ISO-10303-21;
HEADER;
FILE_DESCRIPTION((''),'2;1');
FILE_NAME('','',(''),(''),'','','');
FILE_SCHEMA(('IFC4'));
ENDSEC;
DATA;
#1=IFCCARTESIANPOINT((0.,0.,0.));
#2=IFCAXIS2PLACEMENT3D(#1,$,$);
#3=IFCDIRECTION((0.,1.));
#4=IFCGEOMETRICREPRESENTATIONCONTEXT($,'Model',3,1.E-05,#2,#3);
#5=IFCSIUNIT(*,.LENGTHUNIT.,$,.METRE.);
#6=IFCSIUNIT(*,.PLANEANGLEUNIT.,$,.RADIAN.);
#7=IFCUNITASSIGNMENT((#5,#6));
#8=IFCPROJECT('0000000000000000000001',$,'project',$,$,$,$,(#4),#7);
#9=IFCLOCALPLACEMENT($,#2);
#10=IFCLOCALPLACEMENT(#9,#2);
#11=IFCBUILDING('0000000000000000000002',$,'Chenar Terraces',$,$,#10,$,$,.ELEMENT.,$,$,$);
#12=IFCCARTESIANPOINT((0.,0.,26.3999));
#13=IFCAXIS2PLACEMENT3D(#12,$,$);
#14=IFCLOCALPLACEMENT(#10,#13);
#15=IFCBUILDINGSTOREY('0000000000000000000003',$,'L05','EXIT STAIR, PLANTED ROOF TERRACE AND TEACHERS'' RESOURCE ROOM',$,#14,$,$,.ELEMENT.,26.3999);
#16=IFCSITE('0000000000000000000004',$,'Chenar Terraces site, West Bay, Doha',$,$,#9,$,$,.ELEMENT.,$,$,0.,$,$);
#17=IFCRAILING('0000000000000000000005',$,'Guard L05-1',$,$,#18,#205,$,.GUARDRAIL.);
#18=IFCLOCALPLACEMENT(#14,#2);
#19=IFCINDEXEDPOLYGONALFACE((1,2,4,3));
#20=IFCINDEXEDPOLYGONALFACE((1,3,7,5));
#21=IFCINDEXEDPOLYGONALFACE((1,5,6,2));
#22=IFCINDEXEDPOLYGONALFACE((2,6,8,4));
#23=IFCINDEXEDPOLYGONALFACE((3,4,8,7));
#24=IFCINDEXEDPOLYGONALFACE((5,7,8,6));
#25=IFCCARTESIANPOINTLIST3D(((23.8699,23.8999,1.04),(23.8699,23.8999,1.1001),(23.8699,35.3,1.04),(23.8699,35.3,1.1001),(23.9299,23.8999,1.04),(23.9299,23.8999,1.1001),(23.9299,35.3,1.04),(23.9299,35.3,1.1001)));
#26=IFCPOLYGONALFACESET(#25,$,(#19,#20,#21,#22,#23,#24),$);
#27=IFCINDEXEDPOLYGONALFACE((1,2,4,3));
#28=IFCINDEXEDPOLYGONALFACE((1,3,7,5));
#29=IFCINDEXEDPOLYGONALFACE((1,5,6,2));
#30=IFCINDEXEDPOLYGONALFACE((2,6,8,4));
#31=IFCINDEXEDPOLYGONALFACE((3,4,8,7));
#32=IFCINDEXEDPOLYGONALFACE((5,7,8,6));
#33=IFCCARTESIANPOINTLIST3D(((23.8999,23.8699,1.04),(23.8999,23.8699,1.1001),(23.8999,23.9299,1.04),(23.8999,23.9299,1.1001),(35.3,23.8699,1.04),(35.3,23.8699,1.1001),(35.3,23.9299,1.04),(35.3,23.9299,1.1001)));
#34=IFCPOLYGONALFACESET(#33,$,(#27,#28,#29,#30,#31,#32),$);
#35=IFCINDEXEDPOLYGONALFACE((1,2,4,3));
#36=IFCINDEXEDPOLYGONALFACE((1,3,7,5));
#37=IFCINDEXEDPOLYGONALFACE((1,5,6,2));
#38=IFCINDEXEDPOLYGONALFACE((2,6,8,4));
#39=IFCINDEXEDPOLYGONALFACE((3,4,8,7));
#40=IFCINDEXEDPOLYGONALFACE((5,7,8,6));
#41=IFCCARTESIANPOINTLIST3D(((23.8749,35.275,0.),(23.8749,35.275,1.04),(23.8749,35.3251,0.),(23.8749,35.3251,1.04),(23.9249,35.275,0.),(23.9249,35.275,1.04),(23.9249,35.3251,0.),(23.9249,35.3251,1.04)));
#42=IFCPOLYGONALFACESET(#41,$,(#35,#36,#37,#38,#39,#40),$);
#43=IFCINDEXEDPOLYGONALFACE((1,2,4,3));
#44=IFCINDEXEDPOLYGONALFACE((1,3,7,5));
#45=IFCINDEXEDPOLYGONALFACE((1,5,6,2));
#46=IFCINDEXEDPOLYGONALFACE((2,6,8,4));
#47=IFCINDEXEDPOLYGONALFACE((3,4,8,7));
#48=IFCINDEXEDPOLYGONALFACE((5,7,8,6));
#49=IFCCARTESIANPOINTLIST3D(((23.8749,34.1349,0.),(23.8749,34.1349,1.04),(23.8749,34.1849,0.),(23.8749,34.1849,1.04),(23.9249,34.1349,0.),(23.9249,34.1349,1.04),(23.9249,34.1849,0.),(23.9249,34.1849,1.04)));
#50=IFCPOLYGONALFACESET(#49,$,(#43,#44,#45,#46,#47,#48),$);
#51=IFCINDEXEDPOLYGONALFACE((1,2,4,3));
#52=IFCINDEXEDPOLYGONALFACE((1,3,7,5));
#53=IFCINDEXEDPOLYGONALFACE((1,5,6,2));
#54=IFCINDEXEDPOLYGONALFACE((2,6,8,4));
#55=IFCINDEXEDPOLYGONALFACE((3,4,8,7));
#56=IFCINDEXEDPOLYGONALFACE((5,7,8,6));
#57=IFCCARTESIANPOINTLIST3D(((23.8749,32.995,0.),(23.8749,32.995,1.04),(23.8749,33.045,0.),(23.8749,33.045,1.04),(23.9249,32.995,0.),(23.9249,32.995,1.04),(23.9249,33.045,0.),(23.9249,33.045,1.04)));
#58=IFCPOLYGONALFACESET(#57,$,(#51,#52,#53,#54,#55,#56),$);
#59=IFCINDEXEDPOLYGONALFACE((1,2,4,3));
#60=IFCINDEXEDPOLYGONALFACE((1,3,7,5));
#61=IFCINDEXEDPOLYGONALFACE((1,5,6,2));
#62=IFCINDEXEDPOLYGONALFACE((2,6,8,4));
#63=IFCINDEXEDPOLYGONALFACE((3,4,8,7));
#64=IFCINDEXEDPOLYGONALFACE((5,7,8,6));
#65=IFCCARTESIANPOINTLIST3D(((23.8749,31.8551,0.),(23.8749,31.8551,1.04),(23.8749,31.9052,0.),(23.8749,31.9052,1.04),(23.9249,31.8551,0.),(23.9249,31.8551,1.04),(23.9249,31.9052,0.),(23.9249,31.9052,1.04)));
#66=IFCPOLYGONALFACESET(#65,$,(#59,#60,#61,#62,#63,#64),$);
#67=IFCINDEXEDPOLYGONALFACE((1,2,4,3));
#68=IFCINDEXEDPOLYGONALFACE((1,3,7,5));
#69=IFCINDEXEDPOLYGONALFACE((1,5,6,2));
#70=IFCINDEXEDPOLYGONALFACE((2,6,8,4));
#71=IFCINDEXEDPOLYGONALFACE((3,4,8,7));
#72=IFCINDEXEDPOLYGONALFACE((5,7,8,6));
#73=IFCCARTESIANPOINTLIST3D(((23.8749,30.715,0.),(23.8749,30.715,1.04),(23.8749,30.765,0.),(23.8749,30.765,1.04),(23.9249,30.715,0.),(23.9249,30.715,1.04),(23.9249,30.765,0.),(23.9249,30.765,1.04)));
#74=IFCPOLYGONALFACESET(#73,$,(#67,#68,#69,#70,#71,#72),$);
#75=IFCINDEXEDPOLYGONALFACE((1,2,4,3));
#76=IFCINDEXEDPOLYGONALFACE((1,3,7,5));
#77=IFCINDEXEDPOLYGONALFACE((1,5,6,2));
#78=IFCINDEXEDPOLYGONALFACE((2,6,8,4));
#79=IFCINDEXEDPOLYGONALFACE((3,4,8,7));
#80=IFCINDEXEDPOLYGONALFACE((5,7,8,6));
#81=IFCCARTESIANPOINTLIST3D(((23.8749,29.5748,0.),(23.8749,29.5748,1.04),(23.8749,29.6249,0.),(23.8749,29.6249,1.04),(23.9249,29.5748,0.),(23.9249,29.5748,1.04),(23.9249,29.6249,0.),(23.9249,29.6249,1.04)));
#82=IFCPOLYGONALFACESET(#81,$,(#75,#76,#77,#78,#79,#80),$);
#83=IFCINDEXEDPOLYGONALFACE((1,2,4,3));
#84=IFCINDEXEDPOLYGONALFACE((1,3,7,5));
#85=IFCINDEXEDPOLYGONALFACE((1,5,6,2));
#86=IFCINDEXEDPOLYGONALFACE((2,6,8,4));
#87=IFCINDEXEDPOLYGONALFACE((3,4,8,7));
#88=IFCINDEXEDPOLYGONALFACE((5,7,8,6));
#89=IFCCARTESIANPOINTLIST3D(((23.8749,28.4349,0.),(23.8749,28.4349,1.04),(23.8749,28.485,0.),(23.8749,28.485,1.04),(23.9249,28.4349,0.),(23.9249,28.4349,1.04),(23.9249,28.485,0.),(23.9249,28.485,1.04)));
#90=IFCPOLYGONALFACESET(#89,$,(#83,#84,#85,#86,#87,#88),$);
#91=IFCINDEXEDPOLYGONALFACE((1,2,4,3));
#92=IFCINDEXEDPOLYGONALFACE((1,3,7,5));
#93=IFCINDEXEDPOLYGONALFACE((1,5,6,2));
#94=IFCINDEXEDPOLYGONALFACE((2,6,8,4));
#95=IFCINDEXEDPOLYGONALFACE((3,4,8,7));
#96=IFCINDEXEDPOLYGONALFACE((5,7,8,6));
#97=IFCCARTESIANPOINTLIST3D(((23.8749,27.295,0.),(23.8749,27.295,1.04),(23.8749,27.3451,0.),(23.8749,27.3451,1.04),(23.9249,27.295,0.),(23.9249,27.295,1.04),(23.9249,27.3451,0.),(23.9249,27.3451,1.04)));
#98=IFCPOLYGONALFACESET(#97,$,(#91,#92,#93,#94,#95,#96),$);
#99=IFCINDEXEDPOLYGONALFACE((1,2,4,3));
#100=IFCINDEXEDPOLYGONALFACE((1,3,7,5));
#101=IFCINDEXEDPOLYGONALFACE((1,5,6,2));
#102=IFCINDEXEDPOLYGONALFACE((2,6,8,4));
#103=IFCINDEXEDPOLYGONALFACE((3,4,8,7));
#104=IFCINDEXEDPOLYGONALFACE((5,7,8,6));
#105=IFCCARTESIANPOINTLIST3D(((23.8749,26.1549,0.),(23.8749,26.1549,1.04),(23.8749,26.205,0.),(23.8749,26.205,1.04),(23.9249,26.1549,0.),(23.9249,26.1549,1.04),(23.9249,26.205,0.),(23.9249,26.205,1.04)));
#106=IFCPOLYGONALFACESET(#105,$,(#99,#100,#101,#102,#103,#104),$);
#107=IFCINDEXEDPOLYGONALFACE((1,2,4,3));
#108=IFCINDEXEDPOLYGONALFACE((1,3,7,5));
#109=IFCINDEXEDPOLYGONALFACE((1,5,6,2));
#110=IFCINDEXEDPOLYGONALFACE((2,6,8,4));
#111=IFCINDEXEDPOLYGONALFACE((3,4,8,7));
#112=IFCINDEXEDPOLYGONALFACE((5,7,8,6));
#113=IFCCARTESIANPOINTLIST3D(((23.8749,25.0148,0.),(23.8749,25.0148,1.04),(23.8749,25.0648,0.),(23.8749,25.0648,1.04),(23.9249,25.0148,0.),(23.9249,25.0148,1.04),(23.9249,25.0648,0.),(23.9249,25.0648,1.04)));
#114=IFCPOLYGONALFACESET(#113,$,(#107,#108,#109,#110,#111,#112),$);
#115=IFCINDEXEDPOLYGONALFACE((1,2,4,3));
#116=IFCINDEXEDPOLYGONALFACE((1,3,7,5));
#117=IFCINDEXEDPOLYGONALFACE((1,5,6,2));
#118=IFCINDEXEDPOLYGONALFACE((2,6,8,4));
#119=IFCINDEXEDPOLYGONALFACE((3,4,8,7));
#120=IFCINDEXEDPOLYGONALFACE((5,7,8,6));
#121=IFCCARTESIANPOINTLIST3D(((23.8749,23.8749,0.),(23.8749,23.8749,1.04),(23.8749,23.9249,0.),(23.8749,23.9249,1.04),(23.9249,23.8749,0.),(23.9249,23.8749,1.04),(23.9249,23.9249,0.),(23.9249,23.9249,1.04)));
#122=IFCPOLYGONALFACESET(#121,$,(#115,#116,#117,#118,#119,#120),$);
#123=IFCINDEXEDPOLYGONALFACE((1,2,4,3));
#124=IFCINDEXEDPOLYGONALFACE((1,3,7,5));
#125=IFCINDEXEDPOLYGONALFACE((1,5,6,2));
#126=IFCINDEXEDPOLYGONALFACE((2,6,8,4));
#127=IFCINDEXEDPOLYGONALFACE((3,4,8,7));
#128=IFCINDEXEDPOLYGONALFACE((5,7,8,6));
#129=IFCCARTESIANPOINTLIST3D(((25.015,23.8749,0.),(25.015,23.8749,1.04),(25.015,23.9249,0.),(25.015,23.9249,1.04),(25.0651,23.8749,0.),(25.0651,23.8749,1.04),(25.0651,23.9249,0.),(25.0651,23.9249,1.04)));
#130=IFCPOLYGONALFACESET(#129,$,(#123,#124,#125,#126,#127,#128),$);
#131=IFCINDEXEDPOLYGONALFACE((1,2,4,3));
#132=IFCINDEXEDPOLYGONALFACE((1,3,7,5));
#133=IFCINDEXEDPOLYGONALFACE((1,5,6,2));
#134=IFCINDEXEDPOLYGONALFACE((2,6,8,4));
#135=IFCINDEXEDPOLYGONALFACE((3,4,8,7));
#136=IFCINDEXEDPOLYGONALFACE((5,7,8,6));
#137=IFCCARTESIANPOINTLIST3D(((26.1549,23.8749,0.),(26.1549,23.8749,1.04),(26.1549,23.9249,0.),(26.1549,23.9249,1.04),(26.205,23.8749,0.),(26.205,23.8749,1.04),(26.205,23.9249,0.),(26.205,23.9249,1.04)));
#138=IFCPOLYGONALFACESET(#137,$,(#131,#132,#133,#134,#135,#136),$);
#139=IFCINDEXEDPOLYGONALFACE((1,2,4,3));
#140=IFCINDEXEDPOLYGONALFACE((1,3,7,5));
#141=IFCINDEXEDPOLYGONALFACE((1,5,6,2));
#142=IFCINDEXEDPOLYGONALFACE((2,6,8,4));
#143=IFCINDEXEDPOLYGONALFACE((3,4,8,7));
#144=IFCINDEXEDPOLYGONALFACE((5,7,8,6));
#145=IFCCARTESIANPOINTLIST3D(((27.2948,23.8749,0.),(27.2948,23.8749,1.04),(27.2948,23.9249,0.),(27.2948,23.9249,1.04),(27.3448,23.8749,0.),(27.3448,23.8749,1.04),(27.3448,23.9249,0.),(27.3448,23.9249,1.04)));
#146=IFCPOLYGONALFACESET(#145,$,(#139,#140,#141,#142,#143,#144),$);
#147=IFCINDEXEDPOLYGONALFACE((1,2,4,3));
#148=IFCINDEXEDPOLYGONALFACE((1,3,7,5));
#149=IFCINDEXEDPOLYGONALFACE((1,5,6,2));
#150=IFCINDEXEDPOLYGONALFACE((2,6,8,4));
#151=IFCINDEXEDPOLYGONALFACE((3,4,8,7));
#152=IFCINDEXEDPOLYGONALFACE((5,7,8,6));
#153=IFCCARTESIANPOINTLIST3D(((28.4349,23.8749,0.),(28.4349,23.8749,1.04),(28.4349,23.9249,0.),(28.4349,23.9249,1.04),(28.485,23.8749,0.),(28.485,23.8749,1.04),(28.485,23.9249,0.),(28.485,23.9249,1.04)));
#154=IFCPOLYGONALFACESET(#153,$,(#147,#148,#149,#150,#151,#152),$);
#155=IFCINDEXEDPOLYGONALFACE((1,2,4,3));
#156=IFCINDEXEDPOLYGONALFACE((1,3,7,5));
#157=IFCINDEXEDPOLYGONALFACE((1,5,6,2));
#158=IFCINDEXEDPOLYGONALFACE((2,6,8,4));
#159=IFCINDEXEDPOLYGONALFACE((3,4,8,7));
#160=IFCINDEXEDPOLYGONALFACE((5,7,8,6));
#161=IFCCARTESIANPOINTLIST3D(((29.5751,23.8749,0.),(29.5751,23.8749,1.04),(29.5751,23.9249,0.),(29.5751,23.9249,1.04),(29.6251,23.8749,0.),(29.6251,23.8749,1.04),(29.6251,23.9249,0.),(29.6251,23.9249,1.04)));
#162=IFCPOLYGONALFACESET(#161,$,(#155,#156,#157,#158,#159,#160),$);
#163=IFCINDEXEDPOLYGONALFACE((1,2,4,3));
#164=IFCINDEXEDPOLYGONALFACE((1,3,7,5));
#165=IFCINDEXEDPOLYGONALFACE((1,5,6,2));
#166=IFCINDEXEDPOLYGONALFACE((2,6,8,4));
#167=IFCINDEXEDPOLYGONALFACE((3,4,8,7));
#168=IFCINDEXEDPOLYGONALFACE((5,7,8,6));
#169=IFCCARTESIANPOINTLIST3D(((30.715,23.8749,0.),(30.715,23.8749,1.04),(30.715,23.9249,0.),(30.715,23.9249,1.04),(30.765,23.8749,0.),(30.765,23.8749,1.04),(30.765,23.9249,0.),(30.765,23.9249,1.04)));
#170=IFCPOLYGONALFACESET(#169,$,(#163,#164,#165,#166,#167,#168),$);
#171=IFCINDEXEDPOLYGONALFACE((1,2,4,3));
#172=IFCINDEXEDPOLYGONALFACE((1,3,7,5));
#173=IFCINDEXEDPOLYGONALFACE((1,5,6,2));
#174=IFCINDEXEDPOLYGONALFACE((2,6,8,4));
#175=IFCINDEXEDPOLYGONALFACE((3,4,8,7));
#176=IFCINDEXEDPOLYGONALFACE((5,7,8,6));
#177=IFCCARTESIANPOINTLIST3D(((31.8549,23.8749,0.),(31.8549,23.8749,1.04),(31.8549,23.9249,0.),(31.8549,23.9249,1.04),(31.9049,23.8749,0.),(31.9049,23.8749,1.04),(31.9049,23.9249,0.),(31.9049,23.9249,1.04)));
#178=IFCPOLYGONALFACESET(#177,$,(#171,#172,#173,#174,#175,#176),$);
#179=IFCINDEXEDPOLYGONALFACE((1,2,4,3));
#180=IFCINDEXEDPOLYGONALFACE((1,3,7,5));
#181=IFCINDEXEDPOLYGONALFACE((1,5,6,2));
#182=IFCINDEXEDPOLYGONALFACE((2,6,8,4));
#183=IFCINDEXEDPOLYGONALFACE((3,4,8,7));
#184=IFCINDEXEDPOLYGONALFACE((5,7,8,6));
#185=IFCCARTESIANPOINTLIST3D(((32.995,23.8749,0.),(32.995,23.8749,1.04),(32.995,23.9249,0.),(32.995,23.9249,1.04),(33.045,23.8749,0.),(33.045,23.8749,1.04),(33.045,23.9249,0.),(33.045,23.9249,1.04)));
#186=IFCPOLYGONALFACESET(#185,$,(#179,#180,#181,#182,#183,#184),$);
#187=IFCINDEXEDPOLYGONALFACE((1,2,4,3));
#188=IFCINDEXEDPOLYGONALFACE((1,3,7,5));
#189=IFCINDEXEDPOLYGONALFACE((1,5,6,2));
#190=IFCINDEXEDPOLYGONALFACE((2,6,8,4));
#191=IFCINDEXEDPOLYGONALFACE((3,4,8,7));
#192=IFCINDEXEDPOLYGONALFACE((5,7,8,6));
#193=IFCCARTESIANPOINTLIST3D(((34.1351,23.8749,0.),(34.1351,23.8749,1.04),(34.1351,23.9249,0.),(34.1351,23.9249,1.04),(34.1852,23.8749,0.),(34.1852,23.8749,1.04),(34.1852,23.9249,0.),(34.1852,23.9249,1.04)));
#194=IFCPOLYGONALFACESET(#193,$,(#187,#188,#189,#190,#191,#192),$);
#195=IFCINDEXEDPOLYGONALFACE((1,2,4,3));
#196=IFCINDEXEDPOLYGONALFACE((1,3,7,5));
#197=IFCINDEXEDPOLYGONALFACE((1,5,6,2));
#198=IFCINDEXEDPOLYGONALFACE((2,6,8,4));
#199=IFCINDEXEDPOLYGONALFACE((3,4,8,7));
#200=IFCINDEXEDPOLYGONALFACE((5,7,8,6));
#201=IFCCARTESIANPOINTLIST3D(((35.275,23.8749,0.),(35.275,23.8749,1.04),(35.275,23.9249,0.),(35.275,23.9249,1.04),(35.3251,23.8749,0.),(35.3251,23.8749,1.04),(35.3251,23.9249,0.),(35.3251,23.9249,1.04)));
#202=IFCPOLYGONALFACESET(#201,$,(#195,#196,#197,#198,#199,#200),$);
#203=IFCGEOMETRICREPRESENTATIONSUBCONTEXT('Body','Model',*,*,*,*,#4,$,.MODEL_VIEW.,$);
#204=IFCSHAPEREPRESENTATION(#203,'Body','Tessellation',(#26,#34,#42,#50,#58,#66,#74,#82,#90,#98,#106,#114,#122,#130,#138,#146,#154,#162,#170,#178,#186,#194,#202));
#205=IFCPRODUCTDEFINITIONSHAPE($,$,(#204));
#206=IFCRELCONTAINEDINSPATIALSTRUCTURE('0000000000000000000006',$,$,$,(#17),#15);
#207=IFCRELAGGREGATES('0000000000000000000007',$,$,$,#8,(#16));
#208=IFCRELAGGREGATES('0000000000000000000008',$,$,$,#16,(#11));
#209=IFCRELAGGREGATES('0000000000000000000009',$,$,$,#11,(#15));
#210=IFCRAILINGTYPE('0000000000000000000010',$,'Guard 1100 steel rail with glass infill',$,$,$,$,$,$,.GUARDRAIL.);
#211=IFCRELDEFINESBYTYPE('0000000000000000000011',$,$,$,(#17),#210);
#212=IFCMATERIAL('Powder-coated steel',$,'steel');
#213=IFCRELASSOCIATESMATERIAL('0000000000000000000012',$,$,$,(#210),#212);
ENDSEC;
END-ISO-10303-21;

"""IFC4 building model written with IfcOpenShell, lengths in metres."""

from ifc_helpers import new_model, si_unit, direction, frame, origin, origin_2d, place, context, subcontext, project, spatial, rectangle, extrude, material, type_object, element, save


model = new_model("IFC4")

# Units and contexts
model_context = context("Model", 3, precision=1e-05, world=origin(), true_north=direction((0.0, 1.0)))
body_context = subcontext(model_context, "Body", "Model", "MODEL_VIEW")
ifc_project = project(units=[si_unit("LENGTHUNIT", "METRE"), si_unit("PLANEANGLEUNIT", "RADIAN")], contexts=[model_context])

# Site, building, storey
site_placement = place(None, origin())
site = spatial("IfcSite", under=ifc_project, at=site_placement, Name="Chenar Terraces site, West Bay, Doha", CompositionType="ELEMENT", RefElevation=0.0)
building_placement = place(site_placement, origin())
building = spatial("IfcBuilding", under=site, at=building_placement, Name="Chenar Terraces", CompositionType="ELEMENT")
storey_placement = place(building_placement, frame((0.0, 0.0, 26.3999)))
storey = spatial("IfcBuildingStorey", under=building, at=storey_placement, Name="L05", Description="EXIT STAIR, PLANTED ROOF TERRACE AND TEACHERS' RESOURCE ROOM", CompositionType="ELEMENT", Elevation=26.3999)

# Railing
ifc_material_1 = material(Name="Powder-coated steel", Category="steel")
railing_type = type_object("IfcRailingType", Name="Guard 1100 steel rail with glass infill", PredefinedType="GUARDRAIL", material=ifc_material_1)
railing_placement = place(storey_placement, frame((23.8999, 35.3, 0.0)))
element("IfcRailing", 1, at=railing_placement, inside=storey, type_object=railing_type, Name="Guard L05-1", PredefinedType="GUARDRAIL", context=body_context, shape_type="SweptSolid", body=[
    extrude(rectangle(XDim=0.0601, YDim=0.0601, at=origin_2d()), frame((0.0, 0.0, 1.0701), z_axis=(0.0, -1.0, 0.0), x_axis=(1.0, 0.0, 0.0)), (0.0, 0.0, 1.0), 11.4001),
    extrude(rectangle(XDim=0.0601, YDim=0.0601, at=origin_2d()), frame((0.0, -11.4001, 1.0701), z_axis=(1.0, 0.0, 0.0), x_axis=(0.0, 1.0, 0.0)), (0.0, 0.0, 1.0), 11.4001),
    extrude(rectangle(XDim=0.05, YDim=0.05, at=origin_2d()), origin(), (0.0, 0.0, 1.0), 1.04),
    extrude(rectangle(XDim=0.05, YDim=0.05, at=origin_2d()), frame((0.0, -1.1401, 0.0)), (0.0, 0.0, 1.0), 1.04),
    extrude(rectangle(XDim=0.05, YDim=0.05, at=origin_2d()), frame((0.0, -2.28, 0.0)), (0.0, 0.0, 1.0), 1.04),
    extrude(rectangle(XDim=0.05, YDim=0.05, at=origin_2d()), frame((0.0, -3.4199, 0.0)), (0.0, 0.0, 1.0), 1.04),
    extrude(rectangle(XDim=0.05, YDim=0.05, at=origin_2d()), frame((0.0, -4.5601, 0.0)), (0.0, 0.0, 1.0), 1.04),
    extrude(rectangle(XDim=0.05, YDim=0.05, at=origin_2d()), frame((0.0, -5.7002, 0.0)), (0.0, 0.0, 1.0), 1.04),
    extrude(rectangle(XDim=0.05, YDim=0.05, at=origin_2d()), frame((0.0, -6.8401, 0.0)), (0.0, 0.0, 1.0), 1.04),
    extrude(rectangle(XDim=0.05, YDim=0.05, at=origin_2d()), frame((0.0, -7.98, 0.0)), (0.0, 0.0, 1.0), 1.04),
    extrude(rectangle(XDim=0.05, YDim=0.05, at=origin_2d()), frame((0.0, -9.1201, 0.0)), (0.0, 0.0, 1.0), 1.04),
    extrude(rectangle(XDim=0.05, YDim=0.05, at=origin_2d()), frame((0.0, -10.2603, 0.0)), (0.0, 0.0, 1.0), 1.04),
    extrude(rectangle(XDim=0.05, YDim=0.05, at=origin_2d()), frame((0.0, -11.4001, 0.0)), (0.0, 0.0, 1.0), 1.04),
    extrude(rectangle(XDim=0.05, YDim=0.05, at=origin_2d()), frame((1.1401, -11.4001, 0.0)), (0.0, 0.0, 1.0), 1.04),
    extrude(rectangle(XDim=0.05, YDim=0.05, at=origin_2d()), frame((2.28, -11.4001, 0.0)), (0.0, 0.0, 1.0), 1.04),
    extrude(rectangle(XDim=0.05, YDim=0.05, at=origin_2d()), frame((3.4199, -11.4001, 0.0)), (0.0, 0.0, 1.0), 1.04),
    extrude(rectangle(XDim=0.05, YDim=0.05, at=origin_2d()), frame((4.5601, -11.4001, 0.0)), (0.0, 0.0, 1.0), 1.04),
    extrude(rectangle(XDim=0.05, YDim=0.05, at=origin_2d()), frame((5.7002, -11.4001, 0.0)), (0.0, 0.0, 1.0), 1.04),
    extrude(rectangle(XDim=0.05, YDim=0.05, at=origin_2d()), frame((6.8401, -11.4001, 0.0)), (0.0, 0.0, 1.0), 1.04),
    extrude(rectangle(XDim=0.05, YDim=0.05, at=origin_2d()), frame((7.98, -11.4001, 0.0)), (0.0, 0.0, 1.0), 1.04),
    extrude(rectangle(XDim=0.05, YDim=0.05, at=origin_2d()), frame((9.1201, -11.4001, 0.0)), (0.0, 0.0, 1.0), 1.04),
    extrude(rectangle(XDim=0.05, YDim=0.05, at=origin_2d()), frame((10.2603, -11.4001, 0.0)), (0.0, 0.0, 1.0), 1.04),
    extrude(rectangle(XDim=0.05, YDim=0.05, at=origin_2d()), frame((11.4001, -11.4001, 0.0)), (0.0, 0.0, 1.0), 1.04),
])

save(model, "model.ifc")
